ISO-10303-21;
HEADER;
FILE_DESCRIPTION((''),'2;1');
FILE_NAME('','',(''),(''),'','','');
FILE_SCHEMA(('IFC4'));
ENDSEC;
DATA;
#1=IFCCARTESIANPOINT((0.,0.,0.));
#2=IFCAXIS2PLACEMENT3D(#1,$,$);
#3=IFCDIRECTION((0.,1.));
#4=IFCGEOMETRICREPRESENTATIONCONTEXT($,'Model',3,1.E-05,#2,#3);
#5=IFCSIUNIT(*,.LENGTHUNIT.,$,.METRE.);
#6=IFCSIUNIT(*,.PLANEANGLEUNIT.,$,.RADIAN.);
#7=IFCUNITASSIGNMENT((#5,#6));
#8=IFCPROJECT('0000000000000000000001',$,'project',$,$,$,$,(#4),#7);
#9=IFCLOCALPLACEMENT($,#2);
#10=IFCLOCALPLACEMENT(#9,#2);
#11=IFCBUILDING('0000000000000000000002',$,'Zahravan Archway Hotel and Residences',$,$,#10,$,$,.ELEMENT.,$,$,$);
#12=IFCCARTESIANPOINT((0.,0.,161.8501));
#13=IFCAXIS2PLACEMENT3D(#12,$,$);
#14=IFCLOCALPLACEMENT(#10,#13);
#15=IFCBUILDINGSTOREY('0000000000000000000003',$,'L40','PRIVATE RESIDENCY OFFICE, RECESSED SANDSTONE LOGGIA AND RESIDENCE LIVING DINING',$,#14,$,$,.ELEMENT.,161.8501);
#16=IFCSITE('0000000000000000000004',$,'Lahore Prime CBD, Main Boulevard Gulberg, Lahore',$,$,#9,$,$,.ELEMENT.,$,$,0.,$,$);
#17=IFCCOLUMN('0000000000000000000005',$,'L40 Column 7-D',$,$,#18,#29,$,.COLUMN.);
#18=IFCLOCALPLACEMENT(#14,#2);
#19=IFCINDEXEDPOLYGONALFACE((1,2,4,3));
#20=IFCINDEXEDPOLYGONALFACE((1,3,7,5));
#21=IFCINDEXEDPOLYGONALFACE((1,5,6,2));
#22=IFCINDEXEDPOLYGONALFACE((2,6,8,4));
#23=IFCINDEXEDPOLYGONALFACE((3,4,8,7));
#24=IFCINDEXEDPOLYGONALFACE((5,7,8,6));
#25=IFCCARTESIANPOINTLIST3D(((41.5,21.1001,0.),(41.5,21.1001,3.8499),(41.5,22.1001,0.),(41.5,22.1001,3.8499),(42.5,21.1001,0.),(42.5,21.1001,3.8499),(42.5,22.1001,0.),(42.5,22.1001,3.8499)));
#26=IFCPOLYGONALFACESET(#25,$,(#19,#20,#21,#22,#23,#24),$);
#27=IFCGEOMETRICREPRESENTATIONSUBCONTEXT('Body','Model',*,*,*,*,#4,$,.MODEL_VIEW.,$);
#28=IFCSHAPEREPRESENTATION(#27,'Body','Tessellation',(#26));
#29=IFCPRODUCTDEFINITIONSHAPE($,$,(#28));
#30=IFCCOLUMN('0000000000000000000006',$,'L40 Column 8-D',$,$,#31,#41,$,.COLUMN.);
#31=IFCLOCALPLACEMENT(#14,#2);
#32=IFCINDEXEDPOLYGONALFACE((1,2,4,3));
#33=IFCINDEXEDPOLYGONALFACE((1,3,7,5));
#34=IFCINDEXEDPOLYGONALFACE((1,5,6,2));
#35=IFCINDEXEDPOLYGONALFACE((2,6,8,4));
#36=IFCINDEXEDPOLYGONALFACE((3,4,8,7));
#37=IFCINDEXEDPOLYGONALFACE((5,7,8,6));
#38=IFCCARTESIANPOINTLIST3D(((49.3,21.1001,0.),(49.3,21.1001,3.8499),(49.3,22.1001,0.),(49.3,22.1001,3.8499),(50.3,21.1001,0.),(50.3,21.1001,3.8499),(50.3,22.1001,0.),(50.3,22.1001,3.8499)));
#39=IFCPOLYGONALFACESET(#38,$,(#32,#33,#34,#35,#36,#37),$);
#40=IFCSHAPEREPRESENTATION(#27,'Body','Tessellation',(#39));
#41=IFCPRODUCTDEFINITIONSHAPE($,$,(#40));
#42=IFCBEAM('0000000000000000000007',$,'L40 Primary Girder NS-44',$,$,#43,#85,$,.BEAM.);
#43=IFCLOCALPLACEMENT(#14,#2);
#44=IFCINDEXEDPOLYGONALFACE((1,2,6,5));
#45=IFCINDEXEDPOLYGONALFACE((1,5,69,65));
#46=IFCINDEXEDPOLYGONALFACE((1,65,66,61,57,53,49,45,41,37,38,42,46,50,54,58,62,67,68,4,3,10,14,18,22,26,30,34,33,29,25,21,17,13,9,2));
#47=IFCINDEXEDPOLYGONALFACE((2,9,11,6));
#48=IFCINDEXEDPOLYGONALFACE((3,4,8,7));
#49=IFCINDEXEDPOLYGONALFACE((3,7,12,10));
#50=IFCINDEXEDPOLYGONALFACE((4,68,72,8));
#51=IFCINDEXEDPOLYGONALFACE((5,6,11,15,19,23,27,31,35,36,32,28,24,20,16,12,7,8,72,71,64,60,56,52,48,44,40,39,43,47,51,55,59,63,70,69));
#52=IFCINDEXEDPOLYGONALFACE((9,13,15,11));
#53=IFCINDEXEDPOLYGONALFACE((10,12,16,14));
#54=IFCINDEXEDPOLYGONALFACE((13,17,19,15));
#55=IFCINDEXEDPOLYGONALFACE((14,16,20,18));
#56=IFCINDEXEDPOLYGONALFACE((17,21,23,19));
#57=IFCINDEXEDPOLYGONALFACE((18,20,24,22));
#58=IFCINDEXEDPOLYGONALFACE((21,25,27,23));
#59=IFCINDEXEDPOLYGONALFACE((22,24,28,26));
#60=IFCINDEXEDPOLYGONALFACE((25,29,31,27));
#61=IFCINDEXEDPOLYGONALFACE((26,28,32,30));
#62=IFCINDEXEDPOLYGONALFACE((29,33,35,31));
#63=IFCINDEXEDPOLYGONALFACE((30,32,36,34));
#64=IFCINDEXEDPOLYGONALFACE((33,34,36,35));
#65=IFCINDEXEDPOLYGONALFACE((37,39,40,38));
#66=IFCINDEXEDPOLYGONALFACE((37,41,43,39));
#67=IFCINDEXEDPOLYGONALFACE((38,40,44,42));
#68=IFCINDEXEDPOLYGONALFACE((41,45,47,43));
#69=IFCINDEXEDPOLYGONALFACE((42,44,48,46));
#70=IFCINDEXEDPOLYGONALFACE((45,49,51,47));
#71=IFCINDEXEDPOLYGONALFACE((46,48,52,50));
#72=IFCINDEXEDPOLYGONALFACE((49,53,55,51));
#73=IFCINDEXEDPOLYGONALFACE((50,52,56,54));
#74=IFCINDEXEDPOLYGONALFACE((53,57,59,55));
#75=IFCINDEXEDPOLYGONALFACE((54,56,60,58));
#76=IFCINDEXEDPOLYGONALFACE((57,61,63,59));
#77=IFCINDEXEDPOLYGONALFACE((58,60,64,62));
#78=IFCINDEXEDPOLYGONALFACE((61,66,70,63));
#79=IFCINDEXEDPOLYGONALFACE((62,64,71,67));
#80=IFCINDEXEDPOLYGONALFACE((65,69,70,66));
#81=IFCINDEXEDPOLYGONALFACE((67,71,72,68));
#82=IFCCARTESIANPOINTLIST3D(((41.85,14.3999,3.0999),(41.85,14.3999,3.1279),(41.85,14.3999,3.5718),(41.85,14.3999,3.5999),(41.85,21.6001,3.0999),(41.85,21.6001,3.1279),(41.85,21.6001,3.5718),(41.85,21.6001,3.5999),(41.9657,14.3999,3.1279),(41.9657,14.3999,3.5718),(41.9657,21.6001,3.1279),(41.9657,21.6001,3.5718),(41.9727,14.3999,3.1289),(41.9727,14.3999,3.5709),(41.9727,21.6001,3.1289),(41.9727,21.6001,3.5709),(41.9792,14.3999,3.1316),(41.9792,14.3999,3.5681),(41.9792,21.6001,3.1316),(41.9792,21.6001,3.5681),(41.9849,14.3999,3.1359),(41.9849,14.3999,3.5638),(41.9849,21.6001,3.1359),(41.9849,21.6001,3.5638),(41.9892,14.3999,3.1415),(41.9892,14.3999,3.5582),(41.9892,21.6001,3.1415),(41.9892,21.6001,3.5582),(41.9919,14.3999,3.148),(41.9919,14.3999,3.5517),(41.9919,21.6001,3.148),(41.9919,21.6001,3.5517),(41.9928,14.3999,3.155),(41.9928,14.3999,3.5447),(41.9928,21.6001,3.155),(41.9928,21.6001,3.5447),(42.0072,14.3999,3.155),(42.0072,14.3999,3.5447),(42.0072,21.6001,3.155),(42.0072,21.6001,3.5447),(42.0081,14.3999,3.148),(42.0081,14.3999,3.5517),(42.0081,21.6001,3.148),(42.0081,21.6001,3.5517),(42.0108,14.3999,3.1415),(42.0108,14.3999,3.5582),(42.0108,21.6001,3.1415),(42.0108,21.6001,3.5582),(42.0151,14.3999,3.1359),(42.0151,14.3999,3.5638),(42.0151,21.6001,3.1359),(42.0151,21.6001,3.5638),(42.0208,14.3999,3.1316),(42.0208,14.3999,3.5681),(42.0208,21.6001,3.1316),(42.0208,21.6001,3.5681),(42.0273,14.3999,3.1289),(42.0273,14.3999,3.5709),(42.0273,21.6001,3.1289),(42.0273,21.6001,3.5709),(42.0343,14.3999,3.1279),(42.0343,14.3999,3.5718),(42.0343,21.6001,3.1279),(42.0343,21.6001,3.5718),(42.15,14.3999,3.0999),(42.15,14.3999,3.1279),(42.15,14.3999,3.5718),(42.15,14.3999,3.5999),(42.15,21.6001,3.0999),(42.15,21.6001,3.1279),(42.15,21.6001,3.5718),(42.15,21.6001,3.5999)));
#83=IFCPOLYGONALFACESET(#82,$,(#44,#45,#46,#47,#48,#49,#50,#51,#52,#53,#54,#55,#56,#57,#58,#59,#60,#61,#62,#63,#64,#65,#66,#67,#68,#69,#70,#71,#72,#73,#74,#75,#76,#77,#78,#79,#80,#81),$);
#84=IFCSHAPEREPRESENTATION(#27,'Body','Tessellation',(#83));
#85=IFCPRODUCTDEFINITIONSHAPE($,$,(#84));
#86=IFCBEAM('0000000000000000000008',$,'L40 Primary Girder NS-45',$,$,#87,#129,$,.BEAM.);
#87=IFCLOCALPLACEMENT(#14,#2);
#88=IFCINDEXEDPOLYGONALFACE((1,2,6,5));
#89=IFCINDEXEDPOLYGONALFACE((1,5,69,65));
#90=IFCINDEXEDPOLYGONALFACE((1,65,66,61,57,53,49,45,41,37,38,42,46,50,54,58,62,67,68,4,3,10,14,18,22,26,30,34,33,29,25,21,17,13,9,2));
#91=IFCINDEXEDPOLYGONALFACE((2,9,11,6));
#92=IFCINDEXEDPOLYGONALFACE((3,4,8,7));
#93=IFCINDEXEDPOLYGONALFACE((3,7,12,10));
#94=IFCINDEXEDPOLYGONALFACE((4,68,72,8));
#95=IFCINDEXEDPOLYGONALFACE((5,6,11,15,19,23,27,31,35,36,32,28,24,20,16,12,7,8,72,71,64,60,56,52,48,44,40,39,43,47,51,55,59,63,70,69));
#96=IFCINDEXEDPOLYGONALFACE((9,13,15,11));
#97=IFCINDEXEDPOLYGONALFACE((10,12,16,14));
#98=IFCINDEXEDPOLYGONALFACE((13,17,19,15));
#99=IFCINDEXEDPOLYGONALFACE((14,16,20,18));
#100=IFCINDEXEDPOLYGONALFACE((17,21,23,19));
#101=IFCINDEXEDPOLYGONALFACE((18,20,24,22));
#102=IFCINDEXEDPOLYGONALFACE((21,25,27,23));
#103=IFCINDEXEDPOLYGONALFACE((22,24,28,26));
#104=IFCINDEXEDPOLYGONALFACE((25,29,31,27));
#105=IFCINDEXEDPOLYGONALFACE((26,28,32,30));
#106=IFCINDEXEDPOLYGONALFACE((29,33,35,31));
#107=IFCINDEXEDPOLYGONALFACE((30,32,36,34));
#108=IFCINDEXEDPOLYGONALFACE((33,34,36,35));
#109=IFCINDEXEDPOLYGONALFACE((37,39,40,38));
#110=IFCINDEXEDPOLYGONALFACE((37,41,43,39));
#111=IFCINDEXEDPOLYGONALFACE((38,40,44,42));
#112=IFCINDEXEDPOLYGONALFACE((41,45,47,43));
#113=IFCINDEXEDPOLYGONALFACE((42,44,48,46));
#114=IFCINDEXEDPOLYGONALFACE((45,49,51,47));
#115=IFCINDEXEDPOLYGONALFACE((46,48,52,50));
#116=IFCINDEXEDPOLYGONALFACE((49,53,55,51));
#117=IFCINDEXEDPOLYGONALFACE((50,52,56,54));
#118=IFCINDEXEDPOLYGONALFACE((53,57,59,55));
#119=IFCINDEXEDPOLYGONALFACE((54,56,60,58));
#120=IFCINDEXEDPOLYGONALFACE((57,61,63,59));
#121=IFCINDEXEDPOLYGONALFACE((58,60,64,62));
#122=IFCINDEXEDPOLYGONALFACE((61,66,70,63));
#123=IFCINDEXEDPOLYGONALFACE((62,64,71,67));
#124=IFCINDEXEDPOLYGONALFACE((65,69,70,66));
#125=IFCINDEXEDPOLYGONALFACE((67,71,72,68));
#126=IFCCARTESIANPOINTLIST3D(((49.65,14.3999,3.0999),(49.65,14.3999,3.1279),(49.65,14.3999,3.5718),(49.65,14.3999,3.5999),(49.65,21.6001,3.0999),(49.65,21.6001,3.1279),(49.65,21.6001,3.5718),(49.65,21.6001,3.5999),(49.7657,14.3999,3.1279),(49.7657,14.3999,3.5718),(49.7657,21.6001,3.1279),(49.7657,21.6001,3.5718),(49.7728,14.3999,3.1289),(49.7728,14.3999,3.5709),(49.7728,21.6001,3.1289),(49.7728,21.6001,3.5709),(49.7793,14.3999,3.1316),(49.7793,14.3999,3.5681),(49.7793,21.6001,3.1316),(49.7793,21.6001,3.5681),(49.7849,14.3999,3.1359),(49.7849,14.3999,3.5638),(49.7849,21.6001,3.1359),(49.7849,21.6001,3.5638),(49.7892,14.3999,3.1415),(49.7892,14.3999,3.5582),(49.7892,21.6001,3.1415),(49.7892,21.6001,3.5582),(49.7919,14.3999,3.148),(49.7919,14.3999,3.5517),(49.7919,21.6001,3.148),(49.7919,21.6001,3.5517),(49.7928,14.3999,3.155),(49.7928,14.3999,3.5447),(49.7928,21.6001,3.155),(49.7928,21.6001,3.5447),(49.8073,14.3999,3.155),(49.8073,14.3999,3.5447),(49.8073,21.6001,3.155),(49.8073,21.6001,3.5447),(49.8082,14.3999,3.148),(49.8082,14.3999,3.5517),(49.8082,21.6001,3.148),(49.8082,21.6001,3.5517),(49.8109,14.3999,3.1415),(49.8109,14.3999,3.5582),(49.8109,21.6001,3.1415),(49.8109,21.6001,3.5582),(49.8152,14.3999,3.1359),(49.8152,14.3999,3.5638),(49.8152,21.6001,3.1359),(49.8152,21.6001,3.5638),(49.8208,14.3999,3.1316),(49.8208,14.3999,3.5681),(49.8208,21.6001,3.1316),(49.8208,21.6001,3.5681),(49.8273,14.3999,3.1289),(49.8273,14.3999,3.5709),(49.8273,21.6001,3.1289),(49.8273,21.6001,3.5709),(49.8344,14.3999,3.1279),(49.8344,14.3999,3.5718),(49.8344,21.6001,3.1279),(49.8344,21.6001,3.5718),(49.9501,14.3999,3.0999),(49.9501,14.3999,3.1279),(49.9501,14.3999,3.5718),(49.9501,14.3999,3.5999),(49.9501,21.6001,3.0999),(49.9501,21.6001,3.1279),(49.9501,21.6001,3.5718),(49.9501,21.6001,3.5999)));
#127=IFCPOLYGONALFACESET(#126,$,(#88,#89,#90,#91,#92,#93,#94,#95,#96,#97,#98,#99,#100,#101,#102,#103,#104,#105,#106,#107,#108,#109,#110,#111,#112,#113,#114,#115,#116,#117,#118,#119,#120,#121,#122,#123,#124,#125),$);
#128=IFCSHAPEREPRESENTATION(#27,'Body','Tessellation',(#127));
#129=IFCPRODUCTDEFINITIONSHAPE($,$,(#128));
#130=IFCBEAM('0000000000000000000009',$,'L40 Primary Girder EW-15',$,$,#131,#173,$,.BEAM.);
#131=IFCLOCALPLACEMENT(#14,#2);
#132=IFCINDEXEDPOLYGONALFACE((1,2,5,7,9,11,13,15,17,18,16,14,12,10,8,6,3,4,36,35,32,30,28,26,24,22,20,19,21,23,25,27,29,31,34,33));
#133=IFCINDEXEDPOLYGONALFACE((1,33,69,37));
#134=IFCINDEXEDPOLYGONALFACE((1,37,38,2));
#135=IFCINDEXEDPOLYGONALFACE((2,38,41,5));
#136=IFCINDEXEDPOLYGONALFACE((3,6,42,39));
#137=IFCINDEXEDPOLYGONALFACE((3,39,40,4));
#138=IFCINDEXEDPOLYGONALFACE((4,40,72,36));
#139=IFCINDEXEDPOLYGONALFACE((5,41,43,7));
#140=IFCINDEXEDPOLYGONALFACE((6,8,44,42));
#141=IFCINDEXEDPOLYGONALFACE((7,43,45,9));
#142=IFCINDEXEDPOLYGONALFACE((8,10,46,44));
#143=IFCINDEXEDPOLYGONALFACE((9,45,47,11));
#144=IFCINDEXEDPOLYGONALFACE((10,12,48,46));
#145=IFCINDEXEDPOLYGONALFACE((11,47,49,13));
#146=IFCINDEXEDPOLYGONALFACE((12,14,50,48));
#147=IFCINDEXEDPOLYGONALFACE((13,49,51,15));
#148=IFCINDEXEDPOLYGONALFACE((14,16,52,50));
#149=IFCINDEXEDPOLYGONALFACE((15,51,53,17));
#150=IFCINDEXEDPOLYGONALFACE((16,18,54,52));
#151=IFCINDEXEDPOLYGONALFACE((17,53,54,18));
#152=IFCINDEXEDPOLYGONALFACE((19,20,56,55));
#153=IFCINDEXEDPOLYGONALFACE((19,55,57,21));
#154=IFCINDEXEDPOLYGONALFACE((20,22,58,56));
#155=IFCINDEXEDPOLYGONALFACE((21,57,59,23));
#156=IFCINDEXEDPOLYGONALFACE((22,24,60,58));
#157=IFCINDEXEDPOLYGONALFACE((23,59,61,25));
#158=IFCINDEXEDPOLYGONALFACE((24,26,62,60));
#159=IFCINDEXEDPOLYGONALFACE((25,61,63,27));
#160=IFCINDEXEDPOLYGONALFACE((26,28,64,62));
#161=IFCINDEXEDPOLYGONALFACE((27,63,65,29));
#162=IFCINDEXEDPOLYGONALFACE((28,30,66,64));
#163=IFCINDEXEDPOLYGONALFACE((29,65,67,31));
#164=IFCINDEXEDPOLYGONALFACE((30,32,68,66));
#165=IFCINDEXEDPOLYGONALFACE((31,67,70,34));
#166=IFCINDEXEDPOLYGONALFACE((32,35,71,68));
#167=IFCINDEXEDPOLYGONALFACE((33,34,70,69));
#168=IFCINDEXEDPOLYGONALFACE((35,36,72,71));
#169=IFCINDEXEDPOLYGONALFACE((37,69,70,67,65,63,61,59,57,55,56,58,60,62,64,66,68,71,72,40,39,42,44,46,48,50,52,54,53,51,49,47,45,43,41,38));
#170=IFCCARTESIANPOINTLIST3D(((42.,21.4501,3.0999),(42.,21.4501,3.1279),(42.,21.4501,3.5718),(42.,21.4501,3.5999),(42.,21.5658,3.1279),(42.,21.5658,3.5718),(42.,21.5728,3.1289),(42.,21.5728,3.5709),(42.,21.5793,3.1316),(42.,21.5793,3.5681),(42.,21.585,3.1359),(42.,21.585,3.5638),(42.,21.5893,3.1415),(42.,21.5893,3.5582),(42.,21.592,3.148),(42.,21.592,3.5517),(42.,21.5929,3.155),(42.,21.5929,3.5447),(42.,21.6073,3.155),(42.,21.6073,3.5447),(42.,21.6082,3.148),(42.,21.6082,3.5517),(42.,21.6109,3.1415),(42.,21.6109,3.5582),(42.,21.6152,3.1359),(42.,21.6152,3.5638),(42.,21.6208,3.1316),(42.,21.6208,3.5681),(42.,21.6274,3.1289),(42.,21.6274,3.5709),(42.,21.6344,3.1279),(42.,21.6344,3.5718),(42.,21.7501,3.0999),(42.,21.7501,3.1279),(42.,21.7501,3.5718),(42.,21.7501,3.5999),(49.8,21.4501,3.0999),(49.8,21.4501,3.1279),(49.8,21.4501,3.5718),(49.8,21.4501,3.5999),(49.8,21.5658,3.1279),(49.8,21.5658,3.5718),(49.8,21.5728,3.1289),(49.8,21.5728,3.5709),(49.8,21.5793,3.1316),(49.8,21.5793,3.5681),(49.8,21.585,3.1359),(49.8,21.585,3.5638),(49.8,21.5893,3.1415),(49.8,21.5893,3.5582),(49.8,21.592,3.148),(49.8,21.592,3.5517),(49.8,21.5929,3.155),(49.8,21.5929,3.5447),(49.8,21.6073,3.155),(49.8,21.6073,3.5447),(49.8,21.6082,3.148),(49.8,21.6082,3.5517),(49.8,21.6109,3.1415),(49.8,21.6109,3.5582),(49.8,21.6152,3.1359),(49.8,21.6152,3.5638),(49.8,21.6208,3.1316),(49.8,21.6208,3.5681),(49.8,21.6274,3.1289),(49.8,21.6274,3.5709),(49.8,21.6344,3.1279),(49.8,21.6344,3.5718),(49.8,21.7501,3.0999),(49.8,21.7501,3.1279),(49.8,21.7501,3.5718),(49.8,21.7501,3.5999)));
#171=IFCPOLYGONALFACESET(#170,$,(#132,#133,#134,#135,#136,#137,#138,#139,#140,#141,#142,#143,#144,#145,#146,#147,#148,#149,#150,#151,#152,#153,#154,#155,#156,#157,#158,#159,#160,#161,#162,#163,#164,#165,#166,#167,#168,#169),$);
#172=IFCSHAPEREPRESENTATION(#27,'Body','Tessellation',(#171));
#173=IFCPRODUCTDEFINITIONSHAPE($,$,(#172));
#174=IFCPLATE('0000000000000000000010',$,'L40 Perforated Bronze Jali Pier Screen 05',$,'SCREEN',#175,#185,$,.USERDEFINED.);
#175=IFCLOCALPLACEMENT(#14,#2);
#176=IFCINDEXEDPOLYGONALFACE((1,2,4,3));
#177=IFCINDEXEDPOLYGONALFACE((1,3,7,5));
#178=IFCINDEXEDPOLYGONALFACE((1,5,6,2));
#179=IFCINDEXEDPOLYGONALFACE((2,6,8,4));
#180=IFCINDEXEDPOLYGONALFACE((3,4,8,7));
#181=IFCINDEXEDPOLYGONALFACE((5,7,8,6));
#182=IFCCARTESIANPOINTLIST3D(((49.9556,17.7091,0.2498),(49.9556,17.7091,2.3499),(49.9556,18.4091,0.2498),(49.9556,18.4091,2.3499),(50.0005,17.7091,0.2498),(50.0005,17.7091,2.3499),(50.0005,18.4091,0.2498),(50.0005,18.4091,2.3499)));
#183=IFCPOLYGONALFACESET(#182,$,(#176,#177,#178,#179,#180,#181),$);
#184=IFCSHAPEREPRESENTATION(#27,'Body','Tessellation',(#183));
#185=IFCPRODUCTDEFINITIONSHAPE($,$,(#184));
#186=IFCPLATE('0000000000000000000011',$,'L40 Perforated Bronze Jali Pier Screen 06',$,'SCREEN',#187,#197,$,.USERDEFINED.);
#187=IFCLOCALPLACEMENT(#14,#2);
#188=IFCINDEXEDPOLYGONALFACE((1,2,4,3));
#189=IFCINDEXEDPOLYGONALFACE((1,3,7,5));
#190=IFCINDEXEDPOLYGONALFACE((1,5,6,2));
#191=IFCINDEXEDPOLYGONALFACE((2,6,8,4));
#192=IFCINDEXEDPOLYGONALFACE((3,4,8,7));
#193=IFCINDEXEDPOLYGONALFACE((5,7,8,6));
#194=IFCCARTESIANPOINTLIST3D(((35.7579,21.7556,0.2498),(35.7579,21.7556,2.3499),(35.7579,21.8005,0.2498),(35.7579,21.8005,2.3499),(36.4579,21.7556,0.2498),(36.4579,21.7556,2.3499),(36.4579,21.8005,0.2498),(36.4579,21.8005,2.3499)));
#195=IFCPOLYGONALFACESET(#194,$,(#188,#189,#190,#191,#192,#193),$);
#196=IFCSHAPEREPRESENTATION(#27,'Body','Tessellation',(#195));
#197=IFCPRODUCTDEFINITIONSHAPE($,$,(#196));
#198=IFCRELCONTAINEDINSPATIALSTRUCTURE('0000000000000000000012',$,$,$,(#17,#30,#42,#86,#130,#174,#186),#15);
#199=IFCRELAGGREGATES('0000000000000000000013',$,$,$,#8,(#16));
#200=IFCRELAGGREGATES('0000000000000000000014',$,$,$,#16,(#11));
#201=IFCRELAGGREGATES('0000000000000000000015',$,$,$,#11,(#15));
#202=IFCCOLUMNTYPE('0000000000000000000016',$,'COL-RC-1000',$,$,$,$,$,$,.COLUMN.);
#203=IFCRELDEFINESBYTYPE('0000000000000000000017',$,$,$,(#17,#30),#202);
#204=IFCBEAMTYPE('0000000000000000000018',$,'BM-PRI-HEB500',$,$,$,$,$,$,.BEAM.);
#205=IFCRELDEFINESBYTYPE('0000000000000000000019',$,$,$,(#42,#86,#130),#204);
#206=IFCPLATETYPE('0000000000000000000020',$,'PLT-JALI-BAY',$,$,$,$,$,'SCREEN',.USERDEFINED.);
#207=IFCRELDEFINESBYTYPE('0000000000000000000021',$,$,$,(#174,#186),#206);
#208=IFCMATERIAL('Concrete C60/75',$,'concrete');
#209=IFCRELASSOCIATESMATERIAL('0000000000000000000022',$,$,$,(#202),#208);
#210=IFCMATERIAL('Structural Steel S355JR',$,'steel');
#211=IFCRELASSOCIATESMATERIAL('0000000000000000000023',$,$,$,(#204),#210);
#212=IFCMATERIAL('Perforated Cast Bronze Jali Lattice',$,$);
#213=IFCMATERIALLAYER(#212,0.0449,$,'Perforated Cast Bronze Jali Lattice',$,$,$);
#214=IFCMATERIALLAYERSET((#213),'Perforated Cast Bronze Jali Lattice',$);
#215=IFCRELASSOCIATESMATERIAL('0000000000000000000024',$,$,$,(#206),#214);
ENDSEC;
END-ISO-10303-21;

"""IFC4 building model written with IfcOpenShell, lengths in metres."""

from ifc_helpers import new_model, si_unit, direction, frame, origin, origin_2d, place, context, subcontext, project, spatial, rectangle, i_section, extrude, source, transform, mapped, material, layer, layer_set, material_profile, profile_set, type_object, type_shapes, element, save


model = new_model("IFC4")

# Units and contexts
model_context = context("Model", 3, precision=1e-05, world=origin(), true_north=direction((0.0, 1.0)))
body_context = subcontext(model_context, "Body", "Model", "MODEL_VIEW")
ifc_project = project(units=[si_unit("LENGTHUNIT", "METRE"), si_unit("PLANEANGLEUNIT", "RADIAN")], contexts=[model_context])

# Site, building, storey
site_placement = place(None, origin())
site = spatial("IfcSite", under=ifc_project, at=site_placement, Name="Lahore Prime CBD, Main Boulevard Gulberg, Lahore", CompositionType="ELEMENT", RefElevation=0.0)
building_placement = place(site_placement, origin())
building = spatial("IfcBuilding", under=site, at=building_placement, Name="Zahravan Archway Hotel and Residences", CompositionType="ELEMENT")
storey_placement = place(building_placement, frame((0.0, 0.0, 161.8501)))
storey = spatial("IfcBuildingStorey", under=building, at=storey_placement, Name="L40", Description="PRIVATE RESIDENCY OFFICE, RECESSED SANDSTONE LOGGIA AND RESIDENCE LIVING DINING", CompositionType="ELEMENT", Elevation=161.8501)

# Columns
ifc_material_1 = material(Name="Concrete C60/75", Category="concrete")
ifc_material_profile_1 = material_profile(ifc_material_1, rectangle(XDim=1.0, YDim=1.0, at=origin_2d()), Name="RC-COL-1000x1000", Category="concrete")
ifc_profile_set_1 = profile_set([ifc_material_profile_1], Name="Concrete C60/75")
column_type = type_object("IfcColumnType", Name="COL-RC-1000", PredefinedType="COLUMN", material=ifc_profile_set_1)
shared_shape_1 = source(origin(), body_context, "Body", "SweptSolid", [
    extrude(rectangle(XDim=1.0, YDim=1.0, at=origin_2d()), origin(), (0.0, 0.0, 1.0), 3.8499),
])
for number, where, z_axis, x_axis, name in (
    (1, (42.0, 21.6001, 0.0), (0.0, 0.0, 1.0), (1.0, 0.0, 0.0), "L40 Column 7-D"),
    (2, (49.8, 21.6001, 0.0), (0.0, 0.0, 1.0), (1.0, 0.0, 0.0), "L40 Column 8-D"),
):
    element("IfcColumn", number, at=place(storey_placement, frame(where, z_axis=z_axis, x_axis=x_axis)), inside=storey, type_object=column_type, Name=name, PredefinedType="COLUMN", context=body_context, shape_type="MappedRepresentation", body=[
        mapped(shared_shape_1, transform((0.0, 0.0, 0.0), scale=1.0)),
    ])

# Beams
ifc_material_2 = material(Name="Structural Steel S355JR", Category="steel")
ifc_material_profile_2 = material_profile(ifc_material_2, i_section(OverallWidth=0.3, OverallDepth=0.5, WebThickness=0.0144, FlangeThickness=0.0281, FilletRadius=0.0271, at=origin_2d()), Name="HEB 500", Category="steel")
ifc_profile_set_2 = profile_set([ifc_material_profile_2], Name="Structural Steel S355JR")
beam_type = type_object("IfcBeamType", Name="BM-PRI-HEB500", PredefinedType="BEAM", material=ifc_profile_set_2)
shared_shape_2 = source(origin(), body_context, "Body", "SweptSolid", [
    extrude(i_section(OverallWidth=0.3, OverallDepth=0.5, WebThickness=0.0144, FlangeThickness=0.0281, FilletRadius=0.0271, at=origin_2d()), origin(), (0.0, 0.0, 1.0), 7.2002),
])
type_shapes(beam_type, [shared_shape_2])
for number, where, z_axis, x_axis, name in (
    (3, (42.0, 14.3999, 3.3499), (0.0, 1.0, 0.0), (-1.0, 0.0, 0.0), "L40 Primary Girder NS-44"),
    (4, (49.8, 14.3999, 3.3499), (0.0, 1.0, 0.0), (-1.0, 0.0, 0.0), "L40 Primary Girder NS-45"),
):
    element("IfcBeam", number, at=place(storey_placement, frame(where, z_axis=z_axis, x_axis=x_axis)), inside=storey, type_object=beam_type, Name=name, PredefinedType="BEAM", context=body_context, shape_type="MappedRepresentation", body=[
        mapped(shared_shape_2, transform((0.0, 0.0, 0.0), scale=1.0)),
    ])
shared_shape_3 = source(origin(), body_context, "Body", "SweptSolid", [
    extrude(i_section(OverallWidth=0.3, OverallDepth=0.5, WebThickness=0.0144, FlangeThickness=0.0281, FilletRadius=0.0271, at=origin_2d()), origin(), (0.0, 0.0, 1.0), 7.8),
])
beam_placement = place(storey_placement, frame((42.0, 21.6001, 3.3499), z_axis=(1.0, 0.0, 0.0), x_axis=(0.0, 1.0, 0.0)))
element("IfcBeam", 5, at=beam_placement, inside=storey, type_object=beam_type, Name="L40 Primary Girder EW-15", PredefinedType="BEAM", context=body_context, shape_type="MappedRepresentation", body=[
    mapped(shared_shape_3, transform((0.0, 0.0, 0.0), scale=1.0)),
])

# Plates
ifc_material_3 = material(Name="Perforated Cast Bronze Jali Lattice")
ifc_layer_1 = layer(ifc_material_3, 0.0449, Name="Perforated Cast Bronze Jali Lattice")
ifc_layer_set_1 = layer_set([ifc_layer_1], Name="Perforated Cast Bronze Jali Lattice")
plate_type = type_object("IfcPlateType", Name="PLT-JALI-BAY", ElementType="SCREEN", PredefinedType="USERDEFINED", material=ifc_layer_set_1)
shared_shape_4 = source(origin(), body_context, "Body", "SweptSolid", [
    extrude(rectangle(XDim=0.7, YDim=0.0449, at=origin_2d()), origin(), (0.0, 0.0, 1.0), 2.1001),
])
type_shapes(plate_type, [shared_shape_4])
for number, where, z_axis, x_axis, name in (
    (6, (49.978, 18.0591, 0.2498), (0.0, 0.0, 1.0), (0.0, 1.0, 0.0), "L40 Perforated Bronze Jali Pier Screen 05"),
    (7, (36.1079, 21.7781, 0.2498), (0.0, 0.0, 1.0), (1.0, 0.0, 0.0), "L40 Perforated Bronze Jali Pier Screen 06"),
):
    element("IfcPlate", number, at=place(storey_placement, frame(where, z_axis=z_axis, x_axis=x_axis)), inside=storey, type_object=plate_type, Name=name, ObjectType="SCREEN", PredefinedType="USERDEFINED", context=body_context, shape_type="MappedRepresentation", body=[
        mapped(shared_shape_4, transform((0.0, 0.0, 0.0), scale=1.0)),
    ])

save(model, "model.ifc")
